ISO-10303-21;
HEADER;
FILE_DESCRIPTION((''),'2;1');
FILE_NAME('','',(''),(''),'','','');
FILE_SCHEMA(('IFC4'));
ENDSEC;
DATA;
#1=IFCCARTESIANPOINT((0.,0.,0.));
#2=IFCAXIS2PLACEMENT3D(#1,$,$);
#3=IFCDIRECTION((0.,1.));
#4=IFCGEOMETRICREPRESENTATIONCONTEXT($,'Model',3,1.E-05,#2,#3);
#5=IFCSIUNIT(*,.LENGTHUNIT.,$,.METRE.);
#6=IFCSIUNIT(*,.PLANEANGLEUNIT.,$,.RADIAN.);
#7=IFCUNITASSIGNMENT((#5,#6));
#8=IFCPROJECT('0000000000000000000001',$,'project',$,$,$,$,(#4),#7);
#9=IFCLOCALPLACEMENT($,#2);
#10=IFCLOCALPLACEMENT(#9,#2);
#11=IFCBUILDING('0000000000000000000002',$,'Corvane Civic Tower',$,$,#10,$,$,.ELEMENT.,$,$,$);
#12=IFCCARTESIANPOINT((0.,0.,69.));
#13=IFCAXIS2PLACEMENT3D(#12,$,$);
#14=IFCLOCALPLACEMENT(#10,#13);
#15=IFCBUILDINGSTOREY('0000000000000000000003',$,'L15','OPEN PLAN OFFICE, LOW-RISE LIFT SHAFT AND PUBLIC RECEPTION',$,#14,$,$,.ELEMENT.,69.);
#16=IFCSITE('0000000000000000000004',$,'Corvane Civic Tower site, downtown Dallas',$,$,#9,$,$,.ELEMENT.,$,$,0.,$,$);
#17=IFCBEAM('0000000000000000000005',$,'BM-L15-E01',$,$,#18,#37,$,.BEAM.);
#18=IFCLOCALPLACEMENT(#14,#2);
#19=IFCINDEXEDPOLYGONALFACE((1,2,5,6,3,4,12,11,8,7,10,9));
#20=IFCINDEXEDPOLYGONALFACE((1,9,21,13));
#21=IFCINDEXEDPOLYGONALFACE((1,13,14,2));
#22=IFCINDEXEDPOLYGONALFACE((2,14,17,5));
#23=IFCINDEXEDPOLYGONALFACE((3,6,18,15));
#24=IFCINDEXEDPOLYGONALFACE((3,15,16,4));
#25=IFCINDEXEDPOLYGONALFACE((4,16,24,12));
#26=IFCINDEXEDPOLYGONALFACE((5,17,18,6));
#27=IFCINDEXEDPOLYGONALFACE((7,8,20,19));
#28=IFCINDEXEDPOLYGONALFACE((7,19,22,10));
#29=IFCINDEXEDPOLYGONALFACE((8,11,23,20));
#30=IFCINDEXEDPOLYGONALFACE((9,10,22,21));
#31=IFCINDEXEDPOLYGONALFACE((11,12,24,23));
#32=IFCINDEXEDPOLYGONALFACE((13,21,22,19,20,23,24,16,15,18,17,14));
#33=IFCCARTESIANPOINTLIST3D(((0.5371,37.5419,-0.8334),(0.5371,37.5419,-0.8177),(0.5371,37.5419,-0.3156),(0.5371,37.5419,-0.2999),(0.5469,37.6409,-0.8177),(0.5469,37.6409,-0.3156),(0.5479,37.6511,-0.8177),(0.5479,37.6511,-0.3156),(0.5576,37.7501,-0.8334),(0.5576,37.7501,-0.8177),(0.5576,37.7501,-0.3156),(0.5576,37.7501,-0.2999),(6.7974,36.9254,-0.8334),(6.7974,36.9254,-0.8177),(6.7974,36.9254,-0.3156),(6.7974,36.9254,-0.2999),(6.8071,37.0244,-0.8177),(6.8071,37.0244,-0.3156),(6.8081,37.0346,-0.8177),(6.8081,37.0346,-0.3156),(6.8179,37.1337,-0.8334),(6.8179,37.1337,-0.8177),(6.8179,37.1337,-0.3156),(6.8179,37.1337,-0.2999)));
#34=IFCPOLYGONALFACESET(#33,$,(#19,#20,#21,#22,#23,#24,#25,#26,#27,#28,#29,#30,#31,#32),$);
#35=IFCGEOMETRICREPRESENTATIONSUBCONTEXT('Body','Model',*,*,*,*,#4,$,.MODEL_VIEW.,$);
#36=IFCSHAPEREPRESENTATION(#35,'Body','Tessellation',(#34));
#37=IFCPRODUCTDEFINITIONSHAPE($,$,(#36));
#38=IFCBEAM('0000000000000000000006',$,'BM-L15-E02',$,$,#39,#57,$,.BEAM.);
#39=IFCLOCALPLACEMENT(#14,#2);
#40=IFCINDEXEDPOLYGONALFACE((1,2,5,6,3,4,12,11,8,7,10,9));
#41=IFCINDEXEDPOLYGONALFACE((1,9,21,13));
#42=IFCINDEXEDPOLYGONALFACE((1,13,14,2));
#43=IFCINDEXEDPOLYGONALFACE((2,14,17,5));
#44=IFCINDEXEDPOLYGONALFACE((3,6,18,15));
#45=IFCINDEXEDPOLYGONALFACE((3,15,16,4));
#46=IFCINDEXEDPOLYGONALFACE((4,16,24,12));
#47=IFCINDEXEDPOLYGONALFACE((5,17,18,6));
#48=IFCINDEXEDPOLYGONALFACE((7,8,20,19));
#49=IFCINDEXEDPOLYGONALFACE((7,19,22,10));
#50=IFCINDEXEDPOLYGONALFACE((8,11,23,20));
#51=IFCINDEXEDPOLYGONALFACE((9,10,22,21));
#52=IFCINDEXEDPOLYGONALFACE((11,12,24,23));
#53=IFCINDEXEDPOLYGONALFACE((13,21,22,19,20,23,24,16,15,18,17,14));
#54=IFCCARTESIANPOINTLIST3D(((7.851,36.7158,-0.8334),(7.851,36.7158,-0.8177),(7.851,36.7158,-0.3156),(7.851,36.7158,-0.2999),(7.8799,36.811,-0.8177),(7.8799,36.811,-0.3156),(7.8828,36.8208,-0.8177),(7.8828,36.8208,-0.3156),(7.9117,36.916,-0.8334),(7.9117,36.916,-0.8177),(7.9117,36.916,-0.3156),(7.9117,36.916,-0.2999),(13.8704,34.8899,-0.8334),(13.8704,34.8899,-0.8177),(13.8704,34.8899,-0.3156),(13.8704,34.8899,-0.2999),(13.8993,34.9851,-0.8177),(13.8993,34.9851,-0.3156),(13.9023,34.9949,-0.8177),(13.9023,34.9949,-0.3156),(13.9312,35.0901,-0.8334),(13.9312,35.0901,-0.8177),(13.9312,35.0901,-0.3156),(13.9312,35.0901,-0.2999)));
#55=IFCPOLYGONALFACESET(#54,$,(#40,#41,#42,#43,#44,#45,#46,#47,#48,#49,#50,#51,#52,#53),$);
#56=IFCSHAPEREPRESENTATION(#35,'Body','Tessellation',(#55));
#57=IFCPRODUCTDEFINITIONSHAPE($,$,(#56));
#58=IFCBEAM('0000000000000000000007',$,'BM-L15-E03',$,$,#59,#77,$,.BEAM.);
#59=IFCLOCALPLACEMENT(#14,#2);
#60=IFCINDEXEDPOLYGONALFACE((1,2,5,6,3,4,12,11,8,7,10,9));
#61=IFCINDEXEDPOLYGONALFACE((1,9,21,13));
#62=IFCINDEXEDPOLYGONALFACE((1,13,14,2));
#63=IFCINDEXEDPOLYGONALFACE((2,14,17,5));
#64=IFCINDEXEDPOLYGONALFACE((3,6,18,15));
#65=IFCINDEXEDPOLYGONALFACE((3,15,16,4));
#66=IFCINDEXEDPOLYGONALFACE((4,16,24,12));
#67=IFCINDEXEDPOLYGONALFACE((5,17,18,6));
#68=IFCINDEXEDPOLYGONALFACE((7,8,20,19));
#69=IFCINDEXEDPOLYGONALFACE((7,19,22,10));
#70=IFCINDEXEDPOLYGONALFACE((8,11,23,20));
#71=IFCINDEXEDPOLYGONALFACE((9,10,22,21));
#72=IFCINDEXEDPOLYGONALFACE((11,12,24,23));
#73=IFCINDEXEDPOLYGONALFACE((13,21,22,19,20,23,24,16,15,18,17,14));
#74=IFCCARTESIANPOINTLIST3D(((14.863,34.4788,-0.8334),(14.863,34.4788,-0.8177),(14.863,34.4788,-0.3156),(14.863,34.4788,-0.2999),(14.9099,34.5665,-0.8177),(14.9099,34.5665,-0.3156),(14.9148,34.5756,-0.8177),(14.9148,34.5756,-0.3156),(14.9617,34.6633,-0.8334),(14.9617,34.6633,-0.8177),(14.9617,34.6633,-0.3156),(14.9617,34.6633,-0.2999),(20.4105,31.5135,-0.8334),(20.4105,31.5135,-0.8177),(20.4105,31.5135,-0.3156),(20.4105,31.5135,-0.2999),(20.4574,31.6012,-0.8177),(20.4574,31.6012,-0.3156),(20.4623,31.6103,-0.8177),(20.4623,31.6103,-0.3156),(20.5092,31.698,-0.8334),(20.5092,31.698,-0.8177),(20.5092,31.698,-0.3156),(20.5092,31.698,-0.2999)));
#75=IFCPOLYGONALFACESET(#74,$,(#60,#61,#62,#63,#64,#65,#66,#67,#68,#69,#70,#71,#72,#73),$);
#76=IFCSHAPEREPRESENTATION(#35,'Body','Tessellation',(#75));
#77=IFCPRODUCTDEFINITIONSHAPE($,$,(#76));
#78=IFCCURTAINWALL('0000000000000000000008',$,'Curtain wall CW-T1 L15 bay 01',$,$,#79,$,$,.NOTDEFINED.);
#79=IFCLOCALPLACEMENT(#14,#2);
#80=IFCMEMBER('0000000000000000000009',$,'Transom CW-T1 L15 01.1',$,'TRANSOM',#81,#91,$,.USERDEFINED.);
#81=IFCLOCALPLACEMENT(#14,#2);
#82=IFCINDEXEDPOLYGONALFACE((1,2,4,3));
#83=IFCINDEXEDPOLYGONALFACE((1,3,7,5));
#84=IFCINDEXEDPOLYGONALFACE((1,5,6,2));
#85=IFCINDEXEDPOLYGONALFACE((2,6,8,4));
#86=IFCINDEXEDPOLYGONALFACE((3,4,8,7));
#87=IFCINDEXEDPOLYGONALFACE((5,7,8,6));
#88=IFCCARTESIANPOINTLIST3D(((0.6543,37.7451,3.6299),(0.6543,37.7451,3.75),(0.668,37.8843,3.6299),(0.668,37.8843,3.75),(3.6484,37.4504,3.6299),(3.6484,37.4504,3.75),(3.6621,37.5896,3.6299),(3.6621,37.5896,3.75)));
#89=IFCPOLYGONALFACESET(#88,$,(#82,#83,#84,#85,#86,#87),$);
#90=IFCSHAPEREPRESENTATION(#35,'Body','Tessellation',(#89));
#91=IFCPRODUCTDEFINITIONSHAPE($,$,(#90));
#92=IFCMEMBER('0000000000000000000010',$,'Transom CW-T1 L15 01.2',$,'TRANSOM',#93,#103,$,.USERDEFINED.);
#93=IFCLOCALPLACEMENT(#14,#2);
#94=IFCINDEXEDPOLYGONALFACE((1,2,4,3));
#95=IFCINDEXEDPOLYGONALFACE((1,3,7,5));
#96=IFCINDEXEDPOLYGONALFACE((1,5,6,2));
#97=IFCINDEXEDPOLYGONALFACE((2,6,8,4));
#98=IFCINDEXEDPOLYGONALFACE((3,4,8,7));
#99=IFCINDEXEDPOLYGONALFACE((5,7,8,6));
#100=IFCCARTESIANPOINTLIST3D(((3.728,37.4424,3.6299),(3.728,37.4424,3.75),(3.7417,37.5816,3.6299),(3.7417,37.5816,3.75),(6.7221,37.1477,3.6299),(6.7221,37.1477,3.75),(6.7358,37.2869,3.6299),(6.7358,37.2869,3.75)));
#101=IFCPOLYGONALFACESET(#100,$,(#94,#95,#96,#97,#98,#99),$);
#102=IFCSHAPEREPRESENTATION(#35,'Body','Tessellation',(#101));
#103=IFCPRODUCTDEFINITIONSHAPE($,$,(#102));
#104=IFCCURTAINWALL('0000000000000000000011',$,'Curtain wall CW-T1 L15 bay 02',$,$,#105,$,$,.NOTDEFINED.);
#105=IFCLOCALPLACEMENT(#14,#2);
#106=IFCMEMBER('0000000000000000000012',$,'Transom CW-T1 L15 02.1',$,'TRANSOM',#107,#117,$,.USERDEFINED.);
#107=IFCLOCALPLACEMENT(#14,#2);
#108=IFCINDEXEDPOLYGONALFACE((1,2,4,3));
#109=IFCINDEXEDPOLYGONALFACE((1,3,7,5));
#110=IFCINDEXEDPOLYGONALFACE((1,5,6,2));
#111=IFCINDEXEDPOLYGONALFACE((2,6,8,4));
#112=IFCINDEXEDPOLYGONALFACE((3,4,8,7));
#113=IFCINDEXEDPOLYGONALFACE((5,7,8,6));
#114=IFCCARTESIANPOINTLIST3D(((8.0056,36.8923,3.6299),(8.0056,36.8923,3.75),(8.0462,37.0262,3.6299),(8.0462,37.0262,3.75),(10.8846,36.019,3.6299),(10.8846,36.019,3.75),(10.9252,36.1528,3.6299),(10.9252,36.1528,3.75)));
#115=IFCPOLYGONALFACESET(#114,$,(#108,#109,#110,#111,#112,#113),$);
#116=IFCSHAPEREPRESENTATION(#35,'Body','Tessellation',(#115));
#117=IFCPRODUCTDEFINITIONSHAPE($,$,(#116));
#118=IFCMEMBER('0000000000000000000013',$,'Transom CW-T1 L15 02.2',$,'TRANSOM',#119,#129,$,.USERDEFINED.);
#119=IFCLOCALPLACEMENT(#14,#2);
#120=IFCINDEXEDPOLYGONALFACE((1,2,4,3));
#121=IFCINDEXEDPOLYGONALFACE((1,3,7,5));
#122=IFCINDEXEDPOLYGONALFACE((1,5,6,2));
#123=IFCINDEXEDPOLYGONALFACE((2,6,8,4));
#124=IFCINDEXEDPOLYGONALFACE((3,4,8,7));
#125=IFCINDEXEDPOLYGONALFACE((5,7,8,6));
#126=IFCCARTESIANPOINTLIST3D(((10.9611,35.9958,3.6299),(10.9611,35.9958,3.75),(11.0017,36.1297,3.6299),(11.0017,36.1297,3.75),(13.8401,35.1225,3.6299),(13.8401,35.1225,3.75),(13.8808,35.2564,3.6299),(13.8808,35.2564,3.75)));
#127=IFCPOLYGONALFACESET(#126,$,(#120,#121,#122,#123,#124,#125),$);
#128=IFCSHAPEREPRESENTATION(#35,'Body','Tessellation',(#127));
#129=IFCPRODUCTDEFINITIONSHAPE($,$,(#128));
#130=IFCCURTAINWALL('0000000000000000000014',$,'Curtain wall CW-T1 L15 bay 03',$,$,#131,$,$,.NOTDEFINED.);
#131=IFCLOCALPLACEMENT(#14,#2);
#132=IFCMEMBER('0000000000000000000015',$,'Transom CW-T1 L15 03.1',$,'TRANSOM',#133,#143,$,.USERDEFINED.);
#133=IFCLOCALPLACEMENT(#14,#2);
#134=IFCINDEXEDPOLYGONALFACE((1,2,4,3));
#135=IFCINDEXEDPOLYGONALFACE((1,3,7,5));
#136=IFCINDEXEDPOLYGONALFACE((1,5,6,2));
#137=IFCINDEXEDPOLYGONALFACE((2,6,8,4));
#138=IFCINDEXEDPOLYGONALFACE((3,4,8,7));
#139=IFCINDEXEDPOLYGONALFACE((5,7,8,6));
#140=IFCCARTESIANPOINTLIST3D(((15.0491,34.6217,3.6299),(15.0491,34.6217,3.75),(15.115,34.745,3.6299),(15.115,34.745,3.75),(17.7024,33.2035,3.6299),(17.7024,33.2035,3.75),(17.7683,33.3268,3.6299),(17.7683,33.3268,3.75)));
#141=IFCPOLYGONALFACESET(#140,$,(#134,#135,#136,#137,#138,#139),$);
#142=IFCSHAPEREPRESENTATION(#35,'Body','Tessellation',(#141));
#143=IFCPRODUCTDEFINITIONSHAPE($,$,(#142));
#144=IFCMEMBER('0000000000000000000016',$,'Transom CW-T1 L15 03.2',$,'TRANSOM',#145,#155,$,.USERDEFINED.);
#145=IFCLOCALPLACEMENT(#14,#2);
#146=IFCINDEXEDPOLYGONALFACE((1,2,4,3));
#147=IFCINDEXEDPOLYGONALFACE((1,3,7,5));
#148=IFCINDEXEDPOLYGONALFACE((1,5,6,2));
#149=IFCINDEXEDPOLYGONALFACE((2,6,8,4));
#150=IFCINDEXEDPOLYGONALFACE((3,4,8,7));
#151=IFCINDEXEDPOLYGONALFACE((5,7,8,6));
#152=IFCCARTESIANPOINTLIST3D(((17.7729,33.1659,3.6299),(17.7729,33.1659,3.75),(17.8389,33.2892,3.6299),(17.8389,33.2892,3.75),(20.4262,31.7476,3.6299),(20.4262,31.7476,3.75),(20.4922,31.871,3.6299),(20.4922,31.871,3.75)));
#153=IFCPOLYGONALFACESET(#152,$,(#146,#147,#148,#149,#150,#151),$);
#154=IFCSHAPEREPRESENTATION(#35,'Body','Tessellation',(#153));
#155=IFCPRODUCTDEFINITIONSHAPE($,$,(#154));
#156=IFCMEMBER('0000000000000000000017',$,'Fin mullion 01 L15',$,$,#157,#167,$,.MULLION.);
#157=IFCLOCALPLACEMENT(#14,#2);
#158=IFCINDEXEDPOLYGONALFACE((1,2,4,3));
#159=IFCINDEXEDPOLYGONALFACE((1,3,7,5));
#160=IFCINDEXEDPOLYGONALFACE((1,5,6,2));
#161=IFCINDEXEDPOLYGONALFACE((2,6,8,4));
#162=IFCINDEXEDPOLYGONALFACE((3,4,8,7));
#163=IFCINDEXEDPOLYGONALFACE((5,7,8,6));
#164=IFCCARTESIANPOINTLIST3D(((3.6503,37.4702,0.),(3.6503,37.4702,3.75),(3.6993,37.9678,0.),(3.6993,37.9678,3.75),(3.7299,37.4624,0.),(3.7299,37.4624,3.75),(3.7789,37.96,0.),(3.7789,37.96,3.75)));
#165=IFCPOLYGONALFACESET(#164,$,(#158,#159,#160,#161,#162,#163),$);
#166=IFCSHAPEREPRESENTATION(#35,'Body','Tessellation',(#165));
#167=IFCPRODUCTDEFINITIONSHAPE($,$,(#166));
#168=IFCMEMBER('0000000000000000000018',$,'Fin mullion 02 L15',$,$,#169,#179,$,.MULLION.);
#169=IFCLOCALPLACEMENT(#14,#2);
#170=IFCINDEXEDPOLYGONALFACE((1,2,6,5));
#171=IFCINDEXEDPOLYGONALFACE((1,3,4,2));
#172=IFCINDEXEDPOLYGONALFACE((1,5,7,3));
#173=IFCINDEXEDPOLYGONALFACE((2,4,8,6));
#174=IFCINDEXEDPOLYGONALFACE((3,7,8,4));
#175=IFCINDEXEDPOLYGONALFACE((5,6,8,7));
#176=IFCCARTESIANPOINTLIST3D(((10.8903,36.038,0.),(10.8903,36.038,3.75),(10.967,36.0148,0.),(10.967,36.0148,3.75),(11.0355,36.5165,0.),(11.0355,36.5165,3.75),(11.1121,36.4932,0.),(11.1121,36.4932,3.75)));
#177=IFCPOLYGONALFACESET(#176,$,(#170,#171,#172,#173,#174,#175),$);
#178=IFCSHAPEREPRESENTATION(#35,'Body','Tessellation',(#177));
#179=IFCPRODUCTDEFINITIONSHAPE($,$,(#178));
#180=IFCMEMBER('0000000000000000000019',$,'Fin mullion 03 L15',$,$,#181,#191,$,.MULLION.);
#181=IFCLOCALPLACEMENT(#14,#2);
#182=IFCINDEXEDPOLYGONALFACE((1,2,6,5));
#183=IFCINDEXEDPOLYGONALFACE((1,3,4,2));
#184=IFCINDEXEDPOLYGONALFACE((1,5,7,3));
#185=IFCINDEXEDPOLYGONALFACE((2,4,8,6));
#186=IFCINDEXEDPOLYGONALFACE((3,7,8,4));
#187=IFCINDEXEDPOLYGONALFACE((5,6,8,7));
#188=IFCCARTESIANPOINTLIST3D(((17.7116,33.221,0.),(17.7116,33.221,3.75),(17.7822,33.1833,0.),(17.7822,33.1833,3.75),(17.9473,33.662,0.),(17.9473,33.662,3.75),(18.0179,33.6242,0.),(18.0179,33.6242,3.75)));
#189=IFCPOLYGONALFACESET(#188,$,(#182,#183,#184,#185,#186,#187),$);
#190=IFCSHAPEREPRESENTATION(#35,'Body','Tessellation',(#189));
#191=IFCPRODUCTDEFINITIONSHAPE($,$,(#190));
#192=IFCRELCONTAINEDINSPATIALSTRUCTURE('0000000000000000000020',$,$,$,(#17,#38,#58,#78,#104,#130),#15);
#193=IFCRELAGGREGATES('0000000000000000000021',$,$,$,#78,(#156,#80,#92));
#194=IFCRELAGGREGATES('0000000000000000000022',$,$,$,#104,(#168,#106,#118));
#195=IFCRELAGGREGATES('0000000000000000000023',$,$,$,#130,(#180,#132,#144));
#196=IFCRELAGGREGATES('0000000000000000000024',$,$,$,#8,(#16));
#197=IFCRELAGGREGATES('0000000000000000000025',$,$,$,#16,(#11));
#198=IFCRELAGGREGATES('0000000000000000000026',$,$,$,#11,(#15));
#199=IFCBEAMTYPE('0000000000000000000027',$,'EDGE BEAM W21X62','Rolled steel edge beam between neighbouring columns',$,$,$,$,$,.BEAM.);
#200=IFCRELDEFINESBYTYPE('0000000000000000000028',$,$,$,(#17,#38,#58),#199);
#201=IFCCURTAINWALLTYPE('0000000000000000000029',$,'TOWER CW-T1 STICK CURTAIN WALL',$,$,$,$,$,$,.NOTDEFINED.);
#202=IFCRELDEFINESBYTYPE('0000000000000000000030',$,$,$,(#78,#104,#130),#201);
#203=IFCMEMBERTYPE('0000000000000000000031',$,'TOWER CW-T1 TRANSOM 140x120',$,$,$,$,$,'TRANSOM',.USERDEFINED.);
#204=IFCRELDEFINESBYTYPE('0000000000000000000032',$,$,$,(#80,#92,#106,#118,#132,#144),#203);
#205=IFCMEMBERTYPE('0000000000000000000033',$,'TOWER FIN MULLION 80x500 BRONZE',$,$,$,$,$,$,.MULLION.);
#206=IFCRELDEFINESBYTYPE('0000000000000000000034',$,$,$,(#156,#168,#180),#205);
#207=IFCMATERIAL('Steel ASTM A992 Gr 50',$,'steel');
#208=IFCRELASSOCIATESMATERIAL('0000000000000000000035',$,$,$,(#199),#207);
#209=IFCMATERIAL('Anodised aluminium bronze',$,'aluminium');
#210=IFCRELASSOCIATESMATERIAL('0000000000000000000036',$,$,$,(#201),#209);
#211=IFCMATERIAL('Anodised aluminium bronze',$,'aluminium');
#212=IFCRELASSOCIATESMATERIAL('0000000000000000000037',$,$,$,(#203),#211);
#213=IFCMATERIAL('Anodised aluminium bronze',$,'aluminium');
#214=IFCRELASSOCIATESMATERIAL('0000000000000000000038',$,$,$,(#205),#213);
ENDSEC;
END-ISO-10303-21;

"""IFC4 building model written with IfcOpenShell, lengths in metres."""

from ifc_helpers import new_model, si_unit, direction, frame, origin, origin_2d, place, context, subcontext, project, spatial, rectangle, i_section, extrude, material, material_profile, profile_set, type_object, element, aggregate, save


model = new_model("IFC4")

# Units and contexts
model_context = context("Model", 3, precision=1e-05, world=origin(), true_north=direction((0.0, 1.0)))
body_context = subcontext(model_context, "Body", "Model", "MODEL_VIEW")
ifc_project = project(units=[si_unit("LENGTHUNIT", "METRE"), si_unit("PLANEANGLEUNIT", "RADIAN")], contexts=[model_context])

# Site, building, storey
site_placement = place(None, origin())
site = spatial("IfcSite", under=ifc_project, at=site_placement, Name="Corvane Civic Tower site, downtown Dallas", CompositionType="ELEMENT", RefElevation=0.0)
building_placement = place(site_placement, origin())
building = spatial("IfcBuilding", under=site, at=building_placement, Name="Corvane Civic Tower", CompositionType="ELEMENT")
storey_placement = place(building_placement, frame((0.0, 0.0, 69.0)))
storey = spatial("IfcBuildingStorey", under=building, at=storey_placement, Name="L15", Description="OPEN PLAN OFFICE, LOW-RISE LIFT SHAFT AND PUBLIC RECEPTION", CompositionType="ELEMENT", Elevation=69.0)

# Beams
ifc_material_1 = material(Name="Steel ASTM A992 Gr 50", Category="steel")
ifc_material_profile_1 = material_profile(ifc_material_1, i_section(OverallWidth=0.2092, OverallDepth=0.5334, WebThickness=0.0103, FlangeThickness=0.0156, at=origin_2d()), Name="W21X62")
ifc_profile_set_1 = profile_set([ifc_material_profile_1], Name="Steel ASTM A992 Gr 50")
beam_type = type_object("IfcBeamType", Name="EDGE BEAM W21X62", Description="Rolled steel edge beam between neighbouring columns", PredefinedType="BEAM", material=ifc_profile_set_1)
beam_placement = place(storey_placement, frame((0.5474, 37.646, -0.5667), z_axis=(0.995187, -0.097997, 0.0), x_axis=(0.097997, 0.995187, 0.0)))
element("IfcBeam", 1, at=beam_placement, inside=storey, type_object=beam_type, Name="BM-L15-E01", PredefinedType="BEAM", context=body_context, shape_type="SweptSolid", body=[
    extrude(i_section(OverallWidth=0.2092, OverallDepth=0.5334, WebThickness=0.0103, FlangeThickness=0.0156, at=origin_2d()), origin(), (0.0, 0.0, 1.0), 6.2905),
])
for number, where, z_axis, x_axis, name in (
    (2, (7.8813, 36.8159, -0.5667), (0.956944, -0.290273, 0.0), (0.290273, 0.956944, 0.0), "BM-L15-E02"),
    (3, (14.9124, 34.571, -0.5667), (0.881916, -0.471406, 0.0), (0.471406, 0.881916, 0.0), "BM-L15-E03"),
):
    element("IfcBeam", number, at=place(storey_placement, frame(where, z_axis=z_axis, x_axis=x_axis)), inside=storey, type_object=beam_type, Name=name, PredefinedType="BEAM", context=body_context, shape_type="SweptSolid", body=[
        extrude(i_section(OverallWidth=0.2092, OverallDepth=0.5334, WebThickness=0.0103, FlangeThickness=0.0156, at=origin_2d()), origin(), (0.0, 0.0, 1.0), 6.2903),
    ])

# Curtain walls, members
ifc_material_2 = material(Name="Anodised aluminium bronze", Category="aluminium")
curtain_wall_type = type_object("IfcCurtainWallType", Name="TOWER CW-T1 STICK CURTAIN WALL", PredefinedType="NOTDEFINED", material=ifc_material_2)
curtain_wall_1_placement = place(storey_placement, origin())
curtain_wall_1 = element("IfcCurtainWall", 4, at=curtain_wall_1_placement, inside=storey, type_object=curtain_wall_type, Name="Curtain wall CW-T1 L15 bay 01", PredefinedType="NOTDEFINED")
ifc_material_3 = material(Name="Anodised aluminium bronze", Category="aluminium")
ifc_material_profile_2 = material_profile(ifc_material_3, rectangle(XDim=0.1399, YDim=0.1201, at=origin_2d()), Name="TOWER CW-T1 TRANSOM 140x120")
ifc_profile_set_2 = profile_set([ifc_material_profile_2], Name="Anodised aluminium bronze")
member_type_1 = type_object("IfcMemberType", Name="TOWER CW-T1 TRANSOM 140x120", ElementType="TRANSOM", PredefinedType="USERDEFINED", material=ifc_profile_set_2)
member_1_placement = place(storey_placement, frame((0.6611, 37.8147, 3.6899), z_axis=(0.995192, -0.097945, 0.0), x_axis=(0.097945, 0.995192, 0.0)))
member_1 = element("IfcMember", 5, at=member_1_placement, type_object=member_type_1, Name="Transom CW-T1 L15 01.1", ObjectType="TRANSOM", PredefinedType="USERDEFINED", context=body_context, shape_type="SweptSolid", body=[
    extrude(rectangle(XDim=0.1399, YDim=0.1201, at=origin_2d()), origin(), (0.0, 0.0, 1.0), 3.0085),
])
member_2_placement = place(storey_placement, frame((3.7349, 37.512, 3.6899), z_axis=(0.995192, -0.097945, 0.0), x_axis=(0.097945, 0.995192, 0.0)))
member_2 = element("IfcMember", 6, at=member_2_placement, type_object=member_type_1, Name="Transom CW-T1 L15 01.2", ObjectType="TRANSOM", PredefinedType="USERDEFINED", context=body_context, shape_type="SweptSolid", body=[
    extrude(rectangle(XDim=0.1399, YDim=0.1201, at=origin_2d()), origin(), (0.0, 0.0, 1.0), 3.0085),
])
curtain_wall_2_placement = place(storey_placement, origin())
curtain_wall_2 = element("IfcCurtainWall", 7, at=curtain_wall_2_placement, inside=storey, type_object=curtain_wall_type, Name="Curtain wall CW-T1 L15 bay 02", PredefinedType="NOTDEFINED")
member_3_placement = place(storey_placement, frame((8.0259, 36.9592, 3.6899), z_axis=(0.956942, -0.29028, 0.0), x_axis=(0.29028, 0.956942, 0.0)))
member_3 = element("IfcMember", 8, at=member_3_placement, type_object=member_type_1, Name="Transom CW-T1 L15 02.1", ObjectType="TRANSOM", PredefinedType="USERDEFINED", context=body_context, shape_type="SweptSolid", body=[
    extrude(rectangle(XDim=0.1399, YDim=0.1201, at=origin_2d()), origin(), (0.0, 0.0, 1.0), 3.0085),
])
member_4_placement = place(storey_placement, frame((10.9814, 36.0627, 3.6899), z_axis=(0.956942, -0.29028, 0.0), x_axis=(0.29028, 0.956942, 0.0)))
member_4 = element("IfcMember", 9, at=member_4_placement, type_object=member_type_1, Name="Transom CW-T1 L15 02.2", ObjectType="TRANSOM", PredefinedType="USERDEFINED", context=body_context, shape_type="SweptSolid", body=[
    extrude(rectangle(XDim=0.1399, YDim=0.1201, at=origin_2d()), origin(), (0.0, 0.0, 1.0), 3.0085),
])
curtain_wall_3_placement = place(storey_placement, origin())
curtain_wall_3 = element("IfcCurtainWall", 10, at=curtain_wall_3_placement, inside=storey, type_object=curtain_wall_type, Name="Curtain wall CW-T1 L15 bay 03", PredefinedType="NOTDEFINED")
member_5_placement = place(storey_placement, frame((15.082, 34.6833, 3.6899), z_axis=(0.881924, -0.471393, 0.0), x_axis=(0.471393, 0.881924, 0.0)))
member_5 = element("IfcMember", 11, at=member_5_placement, type_object=member_type_1, Name="Transom CW-T1 L15 03.1", ObjectType="TRANSOM", PredefinedType="USERDEFINED", context=body_context, shape_type="SweptSolid", body=[
    extrude(rectangle(XDim=0.1399, YDim=0.1201, at=origin_2d()), origin(), (0.0, 0.0, 1.0), 3.0085),
])
member_6_placement = place(storey_placement, frame((17.8059, 33.2275, 3.6899), z_axis=(0.881924, -0.471393, 0.0), x_axis=(0.471393, 0.881924, 0.0)))
member_6 = element("IfcMember", 12, at=member_6_placement, type_object=member_type_1, Name="Transom CW-T1 L15 03.2", ObjectType="TRANSOM", PredefinedType="USERDEFINED", context=body_context, shape_type="SweptSolid", body=[
    extrude(rectangle(XDim=0.1399, YDim=0.1201, at=origin_2d()), origin(), (0.0, 0.0, 1.0), 3.0085),
])

# Members
ifc_material_4 = material(Name="Anodised aluminium bronze", Category="aluminium")
ifc_material_profile_3 = material_profile(ifc_material_4, rectangle(XDim=0.0801, YDim=0.5, at=origin_2d()), Name="TOWER FIN MULLION 80x500 BRONZE")
ifc_profile_set_3 = profile_set([ifc_material_profile_3], Name="Anodised aluminium bronze")
member_type_2 = type_object("IfcMemberType", Name="TOWER FIN MULLION 80x500 BRONZE", PredefinedType="MULLION", material=ifc_profile_set_3)
member_7_placement = place(storey_placement, frame((3.7146, 37.7151, 0.0), z_axis=(0.0, 0.0, 1.0), x_axis=(0.995186, -0.098006, 0.0)))
member_7 = element("IfcMember", 13, at=member_7_placement, type_object=member_type_2, Name="Fin mullion 01 L15", PredefinedType="MULLION", context=body_context, shape_type="SweptSolid", body=[
    extrude(rectangle(XDim=0.0801, YDim=0.5, at=origin_2d()), origin(), (0.0, 0.0, 1.0), 3.75),
])
member_8_placement = place(storey_placement, frame((11.0012, 36.2656, 0.0), z_axis=(0.0, 0.0, 1.0), x_axis=(0.956942, -0.290278, 0.0)))
member_8 = element("IfcMember", 14, at=member_8_placement, type_object=member_type_2, Name="Fin mullion 02 L15", PredefinedType="MULLION", context=body_context, shape_type="SweptSolid", body=[
    extrude(rectangle(XDim=0.0801, YDim=0.5, at=origin_2d()), origin(), (0.0, 0.0, 1.0), 3.75),
])
member_9_placement = place(storey_placement, frame((17.8647, 33.4226, 0.0), z_axis=(0.0, 0.0, 1.0), x_axis=(0.881918, -0.471404, 0.0)))
member_9 = element("IfcMember", 15, at=member_9_placement, type_object=member_type_2, Name="Fin mullion 03 L15", PredefinedType="MULLION", context=body_context, shape_type="SweptSolid", body=[
    extrude(rectangle(XDim=0.0801, YDim=0.5, at=origin_2d()), origin(), (0.0, 0.0, 1.0), 3.75),
])

aggregate(curtain_wall_1, [member_7, member_1, member_2])
aggregate(curtain_wall_2, [member_8, member_3, member_4])
aggregate(curtain_wall_3, [member_9, member_5, member_6])

save(model, "model.ifc")
